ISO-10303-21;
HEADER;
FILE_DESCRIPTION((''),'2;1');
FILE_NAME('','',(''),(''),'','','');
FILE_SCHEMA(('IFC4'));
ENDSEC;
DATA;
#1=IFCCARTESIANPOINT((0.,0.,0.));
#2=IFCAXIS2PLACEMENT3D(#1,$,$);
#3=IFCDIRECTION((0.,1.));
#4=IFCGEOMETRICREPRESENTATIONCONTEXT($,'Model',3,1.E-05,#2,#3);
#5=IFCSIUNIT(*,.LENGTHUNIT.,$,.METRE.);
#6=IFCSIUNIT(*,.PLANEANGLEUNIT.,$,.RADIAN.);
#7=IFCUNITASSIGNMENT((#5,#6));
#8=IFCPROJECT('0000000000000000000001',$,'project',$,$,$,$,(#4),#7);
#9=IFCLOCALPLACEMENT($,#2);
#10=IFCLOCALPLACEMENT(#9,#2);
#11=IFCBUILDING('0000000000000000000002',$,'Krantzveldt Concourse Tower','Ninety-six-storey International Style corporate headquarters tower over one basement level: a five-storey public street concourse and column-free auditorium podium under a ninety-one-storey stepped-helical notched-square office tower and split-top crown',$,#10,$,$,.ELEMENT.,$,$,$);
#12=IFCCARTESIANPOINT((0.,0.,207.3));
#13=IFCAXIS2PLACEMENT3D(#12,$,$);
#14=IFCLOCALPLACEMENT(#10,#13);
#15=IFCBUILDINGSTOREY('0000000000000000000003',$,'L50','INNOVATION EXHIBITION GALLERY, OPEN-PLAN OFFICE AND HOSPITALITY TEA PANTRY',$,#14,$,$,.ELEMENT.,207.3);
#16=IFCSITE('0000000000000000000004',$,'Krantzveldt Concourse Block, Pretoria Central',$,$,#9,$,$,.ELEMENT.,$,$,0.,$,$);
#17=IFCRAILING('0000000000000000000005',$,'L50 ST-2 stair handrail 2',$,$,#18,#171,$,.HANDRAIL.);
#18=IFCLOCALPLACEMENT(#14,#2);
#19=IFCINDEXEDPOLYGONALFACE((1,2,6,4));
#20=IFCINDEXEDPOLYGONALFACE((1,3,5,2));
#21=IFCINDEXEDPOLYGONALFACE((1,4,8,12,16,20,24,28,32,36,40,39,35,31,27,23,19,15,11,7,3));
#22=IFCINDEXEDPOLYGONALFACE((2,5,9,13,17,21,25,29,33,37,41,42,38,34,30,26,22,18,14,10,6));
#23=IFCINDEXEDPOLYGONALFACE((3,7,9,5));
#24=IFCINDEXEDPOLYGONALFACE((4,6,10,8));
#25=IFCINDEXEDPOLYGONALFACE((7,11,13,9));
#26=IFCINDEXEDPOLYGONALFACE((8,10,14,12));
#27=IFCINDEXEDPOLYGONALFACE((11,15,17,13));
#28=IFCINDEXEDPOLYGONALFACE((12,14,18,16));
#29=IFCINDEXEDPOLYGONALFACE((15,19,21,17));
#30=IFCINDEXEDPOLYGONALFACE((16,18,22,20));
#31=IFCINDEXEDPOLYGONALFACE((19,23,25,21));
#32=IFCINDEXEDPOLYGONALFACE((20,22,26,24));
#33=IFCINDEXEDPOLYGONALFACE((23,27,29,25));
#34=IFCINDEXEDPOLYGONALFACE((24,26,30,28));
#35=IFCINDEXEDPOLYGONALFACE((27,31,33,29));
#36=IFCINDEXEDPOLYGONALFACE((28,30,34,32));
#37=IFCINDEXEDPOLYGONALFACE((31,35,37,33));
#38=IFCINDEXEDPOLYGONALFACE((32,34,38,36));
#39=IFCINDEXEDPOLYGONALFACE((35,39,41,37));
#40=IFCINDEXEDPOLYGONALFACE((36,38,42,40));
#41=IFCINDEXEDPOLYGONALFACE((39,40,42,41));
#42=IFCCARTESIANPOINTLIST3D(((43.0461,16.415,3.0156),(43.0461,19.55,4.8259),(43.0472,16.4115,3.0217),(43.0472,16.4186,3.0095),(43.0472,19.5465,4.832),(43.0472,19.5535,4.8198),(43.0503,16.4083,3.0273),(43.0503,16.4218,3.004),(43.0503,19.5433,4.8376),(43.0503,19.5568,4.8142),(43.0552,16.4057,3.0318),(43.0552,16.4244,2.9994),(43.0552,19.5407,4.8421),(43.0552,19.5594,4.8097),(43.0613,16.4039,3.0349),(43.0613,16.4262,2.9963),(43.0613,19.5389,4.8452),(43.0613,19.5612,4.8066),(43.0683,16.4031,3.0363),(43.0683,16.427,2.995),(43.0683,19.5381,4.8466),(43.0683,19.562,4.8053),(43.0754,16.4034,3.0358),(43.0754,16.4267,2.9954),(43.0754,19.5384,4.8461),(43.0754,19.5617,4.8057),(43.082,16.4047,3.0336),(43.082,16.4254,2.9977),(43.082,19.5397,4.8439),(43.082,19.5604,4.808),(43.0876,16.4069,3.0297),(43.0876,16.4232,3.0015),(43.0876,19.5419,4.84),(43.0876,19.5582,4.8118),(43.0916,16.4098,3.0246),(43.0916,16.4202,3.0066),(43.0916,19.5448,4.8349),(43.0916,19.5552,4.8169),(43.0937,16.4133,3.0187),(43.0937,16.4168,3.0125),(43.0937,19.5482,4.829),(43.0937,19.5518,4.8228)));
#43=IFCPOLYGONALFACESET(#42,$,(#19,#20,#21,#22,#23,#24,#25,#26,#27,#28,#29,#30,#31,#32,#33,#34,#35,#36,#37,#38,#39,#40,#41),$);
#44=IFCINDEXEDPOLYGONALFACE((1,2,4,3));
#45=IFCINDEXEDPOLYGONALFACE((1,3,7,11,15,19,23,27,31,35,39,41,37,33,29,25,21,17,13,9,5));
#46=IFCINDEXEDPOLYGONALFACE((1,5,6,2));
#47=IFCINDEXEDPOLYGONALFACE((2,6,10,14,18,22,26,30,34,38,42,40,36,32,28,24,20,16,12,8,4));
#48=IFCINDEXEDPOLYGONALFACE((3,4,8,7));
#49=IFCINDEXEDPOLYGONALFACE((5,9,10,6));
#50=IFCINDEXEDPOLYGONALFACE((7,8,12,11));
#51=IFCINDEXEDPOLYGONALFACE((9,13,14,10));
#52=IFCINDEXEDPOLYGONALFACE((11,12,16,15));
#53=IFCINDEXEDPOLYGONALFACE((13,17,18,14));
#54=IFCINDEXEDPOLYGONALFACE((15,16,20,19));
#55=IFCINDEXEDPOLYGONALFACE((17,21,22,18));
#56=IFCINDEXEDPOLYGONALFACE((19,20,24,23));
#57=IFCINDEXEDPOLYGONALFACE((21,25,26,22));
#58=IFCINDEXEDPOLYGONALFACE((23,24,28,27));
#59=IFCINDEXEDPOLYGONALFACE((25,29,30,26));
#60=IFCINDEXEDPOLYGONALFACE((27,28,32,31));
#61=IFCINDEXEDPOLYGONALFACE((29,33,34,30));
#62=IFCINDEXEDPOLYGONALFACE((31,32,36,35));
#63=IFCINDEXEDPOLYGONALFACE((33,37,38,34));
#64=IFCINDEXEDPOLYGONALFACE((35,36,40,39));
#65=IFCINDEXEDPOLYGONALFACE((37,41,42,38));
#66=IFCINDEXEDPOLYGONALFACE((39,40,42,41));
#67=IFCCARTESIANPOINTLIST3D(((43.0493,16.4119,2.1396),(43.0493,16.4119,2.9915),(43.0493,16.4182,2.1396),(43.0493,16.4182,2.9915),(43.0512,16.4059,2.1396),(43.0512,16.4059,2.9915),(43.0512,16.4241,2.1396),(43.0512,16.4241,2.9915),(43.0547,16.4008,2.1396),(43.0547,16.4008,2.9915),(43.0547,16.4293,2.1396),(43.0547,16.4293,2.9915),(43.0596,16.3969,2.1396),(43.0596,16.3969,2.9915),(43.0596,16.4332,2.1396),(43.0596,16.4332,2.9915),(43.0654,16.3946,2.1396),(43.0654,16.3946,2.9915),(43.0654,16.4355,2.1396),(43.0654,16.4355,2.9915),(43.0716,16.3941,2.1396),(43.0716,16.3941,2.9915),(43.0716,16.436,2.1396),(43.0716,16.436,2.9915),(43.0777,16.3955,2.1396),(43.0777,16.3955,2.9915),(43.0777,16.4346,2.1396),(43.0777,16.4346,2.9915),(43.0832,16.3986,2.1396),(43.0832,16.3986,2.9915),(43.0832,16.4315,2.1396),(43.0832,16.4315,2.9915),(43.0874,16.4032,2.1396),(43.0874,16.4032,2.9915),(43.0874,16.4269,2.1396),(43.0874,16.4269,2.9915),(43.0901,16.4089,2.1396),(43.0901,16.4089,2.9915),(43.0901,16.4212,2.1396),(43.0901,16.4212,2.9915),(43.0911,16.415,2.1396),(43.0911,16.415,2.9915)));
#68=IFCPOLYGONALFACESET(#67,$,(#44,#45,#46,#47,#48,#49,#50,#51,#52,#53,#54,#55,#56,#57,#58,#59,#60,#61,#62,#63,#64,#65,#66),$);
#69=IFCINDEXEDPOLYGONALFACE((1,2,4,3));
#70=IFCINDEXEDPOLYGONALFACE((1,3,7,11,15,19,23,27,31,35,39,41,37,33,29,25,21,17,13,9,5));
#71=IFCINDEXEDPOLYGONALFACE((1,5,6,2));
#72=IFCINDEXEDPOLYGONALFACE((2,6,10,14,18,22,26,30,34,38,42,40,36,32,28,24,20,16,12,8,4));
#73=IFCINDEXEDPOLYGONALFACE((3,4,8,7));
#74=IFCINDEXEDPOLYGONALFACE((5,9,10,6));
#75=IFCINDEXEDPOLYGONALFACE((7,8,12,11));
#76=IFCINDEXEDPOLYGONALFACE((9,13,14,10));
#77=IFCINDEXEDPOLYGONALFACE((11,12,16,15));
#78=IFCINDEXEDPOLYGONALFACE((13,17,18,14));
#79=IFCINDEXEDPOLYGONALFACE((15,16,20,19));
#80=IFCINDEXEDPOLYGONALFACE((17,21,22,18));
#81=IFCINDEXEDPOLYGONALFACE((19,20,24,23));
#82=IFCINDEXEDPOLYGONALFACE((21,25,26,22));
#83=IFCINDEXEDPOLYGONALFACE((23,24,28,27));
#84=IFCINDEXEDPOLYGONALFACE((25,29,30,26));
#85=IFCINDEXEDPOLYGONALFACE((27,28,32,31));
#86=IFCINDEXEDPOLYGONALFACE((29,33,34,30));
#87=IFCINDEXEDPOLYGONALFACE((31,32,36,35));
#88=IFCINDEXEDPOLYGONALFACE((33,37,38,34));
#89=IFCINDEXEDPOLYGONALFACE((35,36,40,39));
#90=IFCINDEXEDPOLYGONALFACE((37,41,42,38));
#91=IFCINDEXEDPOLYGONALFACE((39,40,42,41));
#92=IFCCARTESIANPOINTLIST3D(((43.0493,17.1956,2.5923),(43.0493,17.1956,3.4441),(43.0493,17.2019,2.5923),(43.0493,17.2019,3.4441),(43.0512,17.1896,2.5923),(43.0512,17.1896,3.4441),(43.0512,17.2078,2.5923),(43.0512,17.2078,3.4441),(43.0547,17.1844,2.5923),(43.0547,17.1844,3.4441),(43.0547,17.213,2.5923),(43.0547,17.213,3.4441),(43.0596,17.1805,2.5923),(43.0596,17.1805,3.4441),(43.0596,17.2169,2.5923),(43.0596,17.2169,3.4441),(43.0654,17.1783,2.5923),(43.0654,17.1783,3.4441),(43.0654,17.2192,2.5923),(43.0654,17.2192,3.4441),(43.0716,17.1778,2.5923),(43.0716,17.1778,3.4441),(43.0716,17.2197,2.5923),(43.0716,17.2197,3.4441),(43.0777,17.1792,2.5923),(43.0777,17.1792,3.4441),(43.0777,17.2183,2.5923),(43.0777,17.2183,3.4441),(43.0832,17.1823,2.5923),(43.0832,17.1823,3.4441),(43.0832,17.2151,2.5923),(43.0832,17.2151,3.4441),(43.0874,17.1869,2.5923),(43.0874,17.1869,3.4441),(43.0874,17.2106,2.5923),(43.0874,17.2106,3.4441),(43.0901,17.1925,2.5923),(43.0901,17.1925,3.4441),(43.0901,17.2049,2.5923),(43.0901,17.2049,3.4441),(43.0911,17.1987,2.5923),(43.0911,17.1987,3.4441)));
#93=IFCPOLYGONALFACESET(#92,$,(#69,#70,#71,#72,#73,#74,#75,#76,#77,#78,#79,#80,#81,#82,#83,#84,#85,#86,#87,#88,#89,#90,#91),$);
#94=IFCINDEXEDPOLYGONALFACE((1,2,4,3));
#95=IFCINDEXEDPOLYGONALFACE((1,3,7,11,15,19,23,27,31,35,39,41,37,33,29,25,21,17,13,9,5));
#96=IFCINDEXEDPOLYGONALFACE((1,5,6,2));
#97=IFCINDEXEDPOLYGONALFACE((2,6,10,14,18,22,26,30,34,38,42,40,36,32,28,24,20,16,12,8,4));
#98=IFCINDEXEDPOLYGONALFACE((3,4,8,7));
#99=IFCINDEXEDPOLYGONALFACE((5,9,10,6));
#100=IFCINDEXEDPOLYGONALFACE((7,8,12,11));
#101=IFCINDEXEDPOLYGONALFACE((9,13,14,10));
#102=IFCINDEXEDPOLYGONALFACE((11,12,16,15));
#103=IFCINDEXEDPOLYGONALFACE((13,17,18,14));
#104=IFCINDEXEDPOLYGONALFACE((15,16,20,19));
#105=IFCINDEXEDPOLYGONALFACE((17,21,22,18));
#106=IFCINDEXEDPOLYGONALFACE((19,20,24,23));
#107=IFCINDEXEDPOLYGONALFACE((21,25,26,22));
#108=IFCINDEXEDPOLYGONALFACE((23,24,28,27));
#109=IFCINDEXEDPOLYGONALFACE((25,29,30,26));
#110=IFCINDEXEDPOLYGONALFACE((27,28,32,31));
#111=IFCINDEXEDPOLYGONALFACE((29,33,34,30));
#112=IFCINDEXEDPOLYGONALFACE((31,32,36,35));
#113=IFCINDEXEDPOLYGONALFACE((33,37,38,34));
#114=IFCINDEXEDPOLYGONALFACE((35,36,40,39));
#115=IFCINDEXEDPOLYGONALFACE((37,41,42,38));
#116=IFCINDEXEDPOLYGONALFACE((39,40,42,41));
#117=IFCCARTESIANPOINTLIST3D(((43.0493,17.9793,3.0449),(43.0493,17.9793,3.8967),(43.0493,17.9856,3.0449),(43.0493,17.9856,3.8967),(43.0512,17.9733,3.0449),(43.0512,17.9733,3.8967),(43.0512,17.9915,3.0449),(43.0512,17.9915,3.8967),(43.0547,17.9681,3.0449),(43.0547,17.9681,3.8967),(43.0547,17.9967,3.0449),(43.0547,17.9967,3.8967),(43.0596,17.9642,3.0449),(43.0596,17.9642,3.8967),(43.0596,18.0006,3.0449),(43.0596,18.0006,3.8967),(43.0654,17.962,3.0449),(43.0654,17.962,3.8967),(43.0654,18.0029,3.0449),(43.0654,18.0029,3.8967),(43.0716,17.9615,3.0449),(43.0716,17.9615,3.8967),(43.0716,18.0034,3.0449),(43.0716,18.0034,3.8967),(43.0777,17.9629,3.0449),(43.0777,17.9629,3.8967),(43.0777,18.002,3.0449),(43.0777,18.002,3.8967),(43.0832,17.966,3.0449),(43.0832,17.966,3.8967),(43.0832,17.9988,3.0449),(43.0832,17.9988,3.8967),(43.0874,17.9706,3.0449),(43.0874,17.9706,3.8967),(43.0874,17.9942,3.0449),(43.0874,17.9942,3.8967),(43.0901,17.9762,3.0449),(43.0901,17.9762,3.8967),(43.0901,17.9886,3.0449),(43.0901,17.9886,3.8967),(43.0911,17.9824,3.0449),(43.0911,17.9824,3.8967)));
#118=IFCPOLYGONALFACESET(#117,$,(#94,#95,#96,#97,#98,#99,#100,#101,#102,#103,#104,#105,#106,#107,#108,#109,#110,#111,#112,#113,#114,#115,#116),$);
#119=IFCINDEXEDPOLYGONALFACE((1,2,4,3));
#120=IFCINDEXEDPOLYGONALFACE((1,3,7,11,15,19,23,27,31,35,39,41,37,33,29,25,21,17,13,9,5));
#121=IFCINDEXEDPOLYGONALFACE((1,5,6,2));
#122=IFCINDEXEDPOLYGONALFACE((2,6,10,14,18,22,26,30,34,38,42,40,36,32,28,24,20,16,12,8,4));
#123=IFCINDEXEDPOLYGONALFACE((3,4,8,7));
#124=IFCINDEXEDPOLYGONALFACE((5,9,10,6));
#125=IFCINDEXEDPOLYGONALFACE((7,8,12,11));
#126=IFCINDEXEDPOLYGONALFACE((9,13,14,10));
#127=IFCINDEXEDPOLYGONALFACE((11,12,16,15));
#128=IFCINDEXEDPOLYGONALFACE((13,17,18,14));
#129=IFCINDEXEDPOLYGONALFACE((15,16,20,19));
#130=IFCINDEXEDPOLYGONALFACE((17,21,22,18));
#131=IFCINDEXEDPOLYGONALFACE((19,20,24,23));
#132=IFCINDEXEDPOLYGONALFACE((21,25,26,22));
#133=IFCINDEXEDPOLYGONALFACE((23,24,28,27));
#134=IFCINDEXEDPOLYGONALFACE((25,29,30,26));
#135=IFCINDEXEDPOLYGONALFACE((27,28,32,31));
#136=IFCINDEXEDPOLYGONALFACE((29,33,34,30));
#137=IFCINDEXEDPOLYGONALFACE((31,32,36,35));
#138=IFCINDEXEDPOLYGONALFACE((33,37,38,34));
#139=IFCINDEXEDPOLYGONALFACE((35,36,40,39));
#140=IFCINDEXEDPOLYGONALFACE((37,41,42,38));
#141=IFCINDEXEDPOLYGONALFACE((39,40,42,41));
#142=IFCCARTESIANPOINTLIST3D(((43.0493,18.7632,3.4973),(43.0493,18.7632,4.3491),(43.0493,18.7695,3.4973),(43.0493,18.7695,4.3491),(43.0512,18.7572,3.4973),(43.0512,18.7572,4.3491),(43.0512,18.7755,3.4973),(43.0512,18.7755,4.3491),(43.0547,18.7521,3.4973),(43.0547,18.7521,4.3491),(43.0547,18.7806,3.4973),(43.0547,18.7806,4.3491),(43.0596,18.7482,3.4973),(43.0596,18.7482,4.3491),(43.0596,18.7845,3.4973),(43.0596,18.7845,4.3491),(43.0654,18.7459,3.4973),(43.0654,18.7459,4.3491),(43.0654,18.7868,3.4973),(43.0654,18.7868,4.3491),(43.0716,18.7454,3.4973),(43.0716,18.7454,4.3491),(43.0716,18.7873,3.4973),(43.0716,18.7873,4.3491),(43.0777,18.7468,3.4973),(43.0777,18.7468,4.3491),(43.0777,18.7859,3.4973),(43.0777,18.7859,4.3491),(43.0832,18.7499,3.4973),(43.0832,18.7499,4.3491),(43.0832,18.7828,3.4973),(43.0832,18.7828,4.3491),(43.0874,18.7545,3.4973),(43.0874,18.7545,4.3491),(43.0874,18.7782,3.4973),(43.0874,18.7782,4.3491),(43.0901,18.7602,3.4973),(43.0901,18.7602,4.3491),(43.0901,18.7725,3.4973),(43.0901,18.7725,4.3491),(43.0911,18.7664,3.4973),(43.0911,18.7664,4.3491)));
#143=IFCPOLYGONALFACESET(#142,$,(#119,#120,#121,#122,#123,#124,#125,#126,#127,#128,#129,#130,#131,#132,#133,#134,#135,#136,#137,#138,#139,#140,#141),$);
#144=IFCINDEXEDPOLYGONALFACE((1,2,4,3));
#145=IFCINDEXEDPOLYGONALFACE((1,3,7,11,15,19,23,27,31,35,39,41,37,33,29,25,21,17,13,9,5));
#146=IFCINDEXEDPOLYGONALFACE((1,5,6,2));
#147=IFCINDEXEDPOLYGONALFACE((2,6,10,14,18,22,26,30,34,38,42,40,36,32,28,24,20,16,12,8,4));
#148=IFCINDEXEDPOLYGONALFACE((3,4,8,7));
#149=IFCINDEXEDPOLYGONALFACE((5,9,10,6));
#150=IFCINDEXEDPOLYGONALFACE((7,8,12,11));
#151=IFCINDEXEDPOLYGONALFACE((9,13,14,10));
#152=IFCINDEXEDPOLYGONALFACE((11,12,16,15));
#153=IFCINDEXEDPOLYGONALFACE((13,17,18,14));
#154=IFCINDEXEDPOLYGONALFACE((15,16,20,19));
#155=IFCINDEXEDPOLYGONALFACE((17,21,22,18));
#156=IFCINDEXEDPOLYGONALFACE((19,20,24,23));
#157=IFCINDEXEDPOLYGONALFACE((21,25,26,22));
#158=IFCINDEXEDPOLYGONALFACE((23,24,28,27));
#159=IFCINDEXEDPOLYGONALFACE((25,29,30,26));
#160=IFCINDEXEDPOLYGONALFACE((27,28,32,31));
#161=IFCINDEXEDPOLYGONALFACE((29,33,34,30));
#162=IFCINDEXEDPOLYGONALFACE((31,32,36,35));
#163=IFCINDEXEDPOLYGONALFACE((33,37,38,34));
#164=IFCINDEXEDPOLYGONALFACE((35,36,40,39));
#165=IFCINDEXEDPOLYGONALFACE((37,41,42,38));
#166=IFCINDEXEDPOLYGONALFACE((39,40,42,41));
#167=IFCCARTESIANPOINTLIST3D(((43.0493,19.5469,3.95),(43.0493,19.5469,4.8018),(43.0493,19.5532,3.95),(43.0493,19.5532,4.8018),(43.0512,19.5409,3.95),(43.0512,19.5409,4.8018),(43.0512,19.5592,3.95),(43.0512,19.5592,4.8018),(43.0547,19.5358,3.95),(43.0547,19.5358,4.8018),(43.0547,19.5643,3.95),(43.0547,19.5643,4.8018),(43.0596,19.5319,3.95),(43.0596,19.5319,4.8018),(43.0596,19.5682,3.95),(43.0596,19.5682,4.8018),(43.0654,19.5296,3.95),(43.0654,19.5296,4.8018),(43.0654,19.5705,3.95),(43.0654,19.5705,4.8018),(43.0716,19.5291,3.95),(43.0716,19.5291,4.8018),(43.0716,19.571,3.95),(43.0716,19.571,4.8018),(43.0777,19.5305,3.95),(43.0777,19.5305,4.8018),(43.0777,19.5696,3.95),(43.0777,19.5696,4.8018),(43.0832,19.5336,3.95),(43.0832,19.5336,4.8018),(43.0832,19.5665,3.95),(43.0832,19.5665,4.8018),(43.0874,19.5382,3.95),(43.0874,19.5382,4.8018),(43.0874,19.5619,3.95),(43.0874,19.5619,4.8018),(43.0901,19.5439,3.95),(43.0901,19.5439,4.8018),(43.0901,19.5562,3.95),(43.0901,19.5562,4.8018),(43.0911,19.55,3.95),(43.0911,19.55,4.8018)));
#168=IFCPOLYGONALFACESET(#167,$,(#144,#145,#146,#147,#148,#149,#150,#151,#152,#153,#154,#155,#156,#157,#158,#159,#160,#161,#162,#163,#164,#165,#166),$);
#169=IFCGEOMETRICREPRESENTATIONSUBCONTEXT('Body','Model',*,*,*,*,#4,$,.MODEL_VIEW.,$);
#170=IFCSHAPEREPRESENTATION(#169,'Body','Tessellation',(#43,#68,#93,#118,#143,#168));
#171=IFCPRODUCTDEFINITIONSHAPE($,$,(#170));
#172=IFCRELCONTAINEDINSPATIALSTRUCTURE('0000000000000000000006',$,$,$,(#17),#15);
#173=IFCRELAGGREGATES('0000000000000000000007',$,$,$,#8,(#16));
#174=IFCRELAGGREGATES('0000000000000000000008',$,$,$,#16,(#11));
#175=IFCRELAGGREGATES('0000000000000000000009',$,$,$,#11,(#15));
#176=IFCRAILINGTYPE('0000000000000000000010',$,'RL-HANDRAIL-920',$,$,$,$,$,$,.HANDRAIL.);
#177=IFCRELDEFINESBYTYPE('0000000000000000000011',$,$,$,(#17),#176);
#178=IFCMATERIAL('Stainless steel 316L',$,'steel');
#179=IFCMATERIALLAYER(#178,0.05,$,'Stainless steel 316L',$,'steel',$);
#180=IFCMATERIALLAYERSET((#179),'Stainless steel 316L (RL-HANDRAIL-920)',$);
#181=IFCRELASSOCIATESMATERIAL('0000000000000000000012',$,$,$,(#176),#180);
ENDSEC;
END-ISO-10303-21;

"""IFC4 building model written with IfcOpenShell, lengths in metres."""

from ifc_helpers import new_model, si_unit, direction, frame, origin, origin_2d, place, context, subcontext, project, spatial, circle, extrude, material, layer, layer_set, type_object, element, save


model = new_model("IFC4")

# Units and contexts
model_context = context("Model", 3, precision=1e-05, world=origin(), true_north=direction((0.0, 1.0)))
body_context = subcontext(model_context, "Body", "Model", "MODEL_VIEW")
ifc_project = project(units=[si_unit("LENGTHUNIT", "METRE"), si_unit("PLANEANGLEUNIT", "RADIAN")], contexts=[model_context])

# Site, building, storey
site_placement = place(None, origin())
site = spatial("IfcSite", under=ifc_project, at=site_placement, Name="Krantzveldt Concourse Block, Pretoria Central", CompositionType="ELEMENT", RefElevation=0.0)
building_placement = place(site_placement, origin())
building = spatial("IfcBuilding", under=site, at=building_placement, Name="Krantzveldt Concourse Tower", Description="Ninety-six-storey International Style corporate headquarters tower over one basement level: a five-storey public street concourse and column-free auditorium podium under a ninety-one-storey stepped-helical notched-square office tower and split-top crown", CompositionType="ELEMENT")
storey_placement = place(building_placement, frame((0.0, 0.0, 207.3)))
storey = spatial("IfcBuildingStorey", under=building, at=storey_placement, Name="L50", Description="INNOVATION EXHIBITION GALLERY, OPEN-PLAN OFFICE AND HOSPITALITY TEA PANTRY", CompositionType="ELEMENT", Elevation=207.3)

# Railing
ifc_material_1 = material(Name="Stainless steel 316L", Category="steel")
ifc_layer_1 = layer(ifc_material_1, 0.05, Name="Stainless steel 316L", Category="steel")
ifc_layer_set_1 = layer_set([ifc_layer_1], Name="Stainless steel 316L (RL-HANDRAIL-920)")
railing_type = type_object("IfcRailingType", Name="RL-HANDRAIL-920", PredefinedType="HANDRAIL", material=ifc_layer_set_1)
railing_placement = place(storey_placement, frame((43.0701, 16.415, 2.1396)))
element("IfcRailing", 1, at=railing_placement, inside=storey, type_object=railing_type, Name="L50 ST-2 stair handrail 2", PredefinedType="HANDRAIL", context=body_context, shape_type="SweptSolid", body=[
    extrude(circle(Radius=0.0239, at=origin_2d()), frame((0.0, 0.0, 0.876), z_axis=(0.0, 0.865989, 0.500063), x_axis=(-1.0, 0.0, 0.0)), (0.0, 0.0, 1.0), 3.6201),
    extrude(circle(Radius=0.021, at=origin_2d()), origin(), (0.0, 0.0, 1.0), 0.8518),
    extrude(circle(Radius=0.021, at=origin_2d()), frame((0.0, 0.7837, 0.4526)), (0.0, 0.0, 1.0), 0.8518),
    extrude(circle(Radius=0.021, at=origin_2d()), frame((0.0, 1.5674, 0.9053)), (0.0, 0.0, 1.0), 0.8518),
    extrude(circle(Radius=0.021, at=origin_2d()), frame((0.0, 2.3513, 1.3577)), (0.0, 0.0, 1.0), 0.8518),
    extrude(circle(Radius=0.021, at=origin_2d()), frame((0.0, 3.135, 1.8103)), (0.0, 0.0, 1.0), 0.8518),
])

save(model, "model.ifc")
